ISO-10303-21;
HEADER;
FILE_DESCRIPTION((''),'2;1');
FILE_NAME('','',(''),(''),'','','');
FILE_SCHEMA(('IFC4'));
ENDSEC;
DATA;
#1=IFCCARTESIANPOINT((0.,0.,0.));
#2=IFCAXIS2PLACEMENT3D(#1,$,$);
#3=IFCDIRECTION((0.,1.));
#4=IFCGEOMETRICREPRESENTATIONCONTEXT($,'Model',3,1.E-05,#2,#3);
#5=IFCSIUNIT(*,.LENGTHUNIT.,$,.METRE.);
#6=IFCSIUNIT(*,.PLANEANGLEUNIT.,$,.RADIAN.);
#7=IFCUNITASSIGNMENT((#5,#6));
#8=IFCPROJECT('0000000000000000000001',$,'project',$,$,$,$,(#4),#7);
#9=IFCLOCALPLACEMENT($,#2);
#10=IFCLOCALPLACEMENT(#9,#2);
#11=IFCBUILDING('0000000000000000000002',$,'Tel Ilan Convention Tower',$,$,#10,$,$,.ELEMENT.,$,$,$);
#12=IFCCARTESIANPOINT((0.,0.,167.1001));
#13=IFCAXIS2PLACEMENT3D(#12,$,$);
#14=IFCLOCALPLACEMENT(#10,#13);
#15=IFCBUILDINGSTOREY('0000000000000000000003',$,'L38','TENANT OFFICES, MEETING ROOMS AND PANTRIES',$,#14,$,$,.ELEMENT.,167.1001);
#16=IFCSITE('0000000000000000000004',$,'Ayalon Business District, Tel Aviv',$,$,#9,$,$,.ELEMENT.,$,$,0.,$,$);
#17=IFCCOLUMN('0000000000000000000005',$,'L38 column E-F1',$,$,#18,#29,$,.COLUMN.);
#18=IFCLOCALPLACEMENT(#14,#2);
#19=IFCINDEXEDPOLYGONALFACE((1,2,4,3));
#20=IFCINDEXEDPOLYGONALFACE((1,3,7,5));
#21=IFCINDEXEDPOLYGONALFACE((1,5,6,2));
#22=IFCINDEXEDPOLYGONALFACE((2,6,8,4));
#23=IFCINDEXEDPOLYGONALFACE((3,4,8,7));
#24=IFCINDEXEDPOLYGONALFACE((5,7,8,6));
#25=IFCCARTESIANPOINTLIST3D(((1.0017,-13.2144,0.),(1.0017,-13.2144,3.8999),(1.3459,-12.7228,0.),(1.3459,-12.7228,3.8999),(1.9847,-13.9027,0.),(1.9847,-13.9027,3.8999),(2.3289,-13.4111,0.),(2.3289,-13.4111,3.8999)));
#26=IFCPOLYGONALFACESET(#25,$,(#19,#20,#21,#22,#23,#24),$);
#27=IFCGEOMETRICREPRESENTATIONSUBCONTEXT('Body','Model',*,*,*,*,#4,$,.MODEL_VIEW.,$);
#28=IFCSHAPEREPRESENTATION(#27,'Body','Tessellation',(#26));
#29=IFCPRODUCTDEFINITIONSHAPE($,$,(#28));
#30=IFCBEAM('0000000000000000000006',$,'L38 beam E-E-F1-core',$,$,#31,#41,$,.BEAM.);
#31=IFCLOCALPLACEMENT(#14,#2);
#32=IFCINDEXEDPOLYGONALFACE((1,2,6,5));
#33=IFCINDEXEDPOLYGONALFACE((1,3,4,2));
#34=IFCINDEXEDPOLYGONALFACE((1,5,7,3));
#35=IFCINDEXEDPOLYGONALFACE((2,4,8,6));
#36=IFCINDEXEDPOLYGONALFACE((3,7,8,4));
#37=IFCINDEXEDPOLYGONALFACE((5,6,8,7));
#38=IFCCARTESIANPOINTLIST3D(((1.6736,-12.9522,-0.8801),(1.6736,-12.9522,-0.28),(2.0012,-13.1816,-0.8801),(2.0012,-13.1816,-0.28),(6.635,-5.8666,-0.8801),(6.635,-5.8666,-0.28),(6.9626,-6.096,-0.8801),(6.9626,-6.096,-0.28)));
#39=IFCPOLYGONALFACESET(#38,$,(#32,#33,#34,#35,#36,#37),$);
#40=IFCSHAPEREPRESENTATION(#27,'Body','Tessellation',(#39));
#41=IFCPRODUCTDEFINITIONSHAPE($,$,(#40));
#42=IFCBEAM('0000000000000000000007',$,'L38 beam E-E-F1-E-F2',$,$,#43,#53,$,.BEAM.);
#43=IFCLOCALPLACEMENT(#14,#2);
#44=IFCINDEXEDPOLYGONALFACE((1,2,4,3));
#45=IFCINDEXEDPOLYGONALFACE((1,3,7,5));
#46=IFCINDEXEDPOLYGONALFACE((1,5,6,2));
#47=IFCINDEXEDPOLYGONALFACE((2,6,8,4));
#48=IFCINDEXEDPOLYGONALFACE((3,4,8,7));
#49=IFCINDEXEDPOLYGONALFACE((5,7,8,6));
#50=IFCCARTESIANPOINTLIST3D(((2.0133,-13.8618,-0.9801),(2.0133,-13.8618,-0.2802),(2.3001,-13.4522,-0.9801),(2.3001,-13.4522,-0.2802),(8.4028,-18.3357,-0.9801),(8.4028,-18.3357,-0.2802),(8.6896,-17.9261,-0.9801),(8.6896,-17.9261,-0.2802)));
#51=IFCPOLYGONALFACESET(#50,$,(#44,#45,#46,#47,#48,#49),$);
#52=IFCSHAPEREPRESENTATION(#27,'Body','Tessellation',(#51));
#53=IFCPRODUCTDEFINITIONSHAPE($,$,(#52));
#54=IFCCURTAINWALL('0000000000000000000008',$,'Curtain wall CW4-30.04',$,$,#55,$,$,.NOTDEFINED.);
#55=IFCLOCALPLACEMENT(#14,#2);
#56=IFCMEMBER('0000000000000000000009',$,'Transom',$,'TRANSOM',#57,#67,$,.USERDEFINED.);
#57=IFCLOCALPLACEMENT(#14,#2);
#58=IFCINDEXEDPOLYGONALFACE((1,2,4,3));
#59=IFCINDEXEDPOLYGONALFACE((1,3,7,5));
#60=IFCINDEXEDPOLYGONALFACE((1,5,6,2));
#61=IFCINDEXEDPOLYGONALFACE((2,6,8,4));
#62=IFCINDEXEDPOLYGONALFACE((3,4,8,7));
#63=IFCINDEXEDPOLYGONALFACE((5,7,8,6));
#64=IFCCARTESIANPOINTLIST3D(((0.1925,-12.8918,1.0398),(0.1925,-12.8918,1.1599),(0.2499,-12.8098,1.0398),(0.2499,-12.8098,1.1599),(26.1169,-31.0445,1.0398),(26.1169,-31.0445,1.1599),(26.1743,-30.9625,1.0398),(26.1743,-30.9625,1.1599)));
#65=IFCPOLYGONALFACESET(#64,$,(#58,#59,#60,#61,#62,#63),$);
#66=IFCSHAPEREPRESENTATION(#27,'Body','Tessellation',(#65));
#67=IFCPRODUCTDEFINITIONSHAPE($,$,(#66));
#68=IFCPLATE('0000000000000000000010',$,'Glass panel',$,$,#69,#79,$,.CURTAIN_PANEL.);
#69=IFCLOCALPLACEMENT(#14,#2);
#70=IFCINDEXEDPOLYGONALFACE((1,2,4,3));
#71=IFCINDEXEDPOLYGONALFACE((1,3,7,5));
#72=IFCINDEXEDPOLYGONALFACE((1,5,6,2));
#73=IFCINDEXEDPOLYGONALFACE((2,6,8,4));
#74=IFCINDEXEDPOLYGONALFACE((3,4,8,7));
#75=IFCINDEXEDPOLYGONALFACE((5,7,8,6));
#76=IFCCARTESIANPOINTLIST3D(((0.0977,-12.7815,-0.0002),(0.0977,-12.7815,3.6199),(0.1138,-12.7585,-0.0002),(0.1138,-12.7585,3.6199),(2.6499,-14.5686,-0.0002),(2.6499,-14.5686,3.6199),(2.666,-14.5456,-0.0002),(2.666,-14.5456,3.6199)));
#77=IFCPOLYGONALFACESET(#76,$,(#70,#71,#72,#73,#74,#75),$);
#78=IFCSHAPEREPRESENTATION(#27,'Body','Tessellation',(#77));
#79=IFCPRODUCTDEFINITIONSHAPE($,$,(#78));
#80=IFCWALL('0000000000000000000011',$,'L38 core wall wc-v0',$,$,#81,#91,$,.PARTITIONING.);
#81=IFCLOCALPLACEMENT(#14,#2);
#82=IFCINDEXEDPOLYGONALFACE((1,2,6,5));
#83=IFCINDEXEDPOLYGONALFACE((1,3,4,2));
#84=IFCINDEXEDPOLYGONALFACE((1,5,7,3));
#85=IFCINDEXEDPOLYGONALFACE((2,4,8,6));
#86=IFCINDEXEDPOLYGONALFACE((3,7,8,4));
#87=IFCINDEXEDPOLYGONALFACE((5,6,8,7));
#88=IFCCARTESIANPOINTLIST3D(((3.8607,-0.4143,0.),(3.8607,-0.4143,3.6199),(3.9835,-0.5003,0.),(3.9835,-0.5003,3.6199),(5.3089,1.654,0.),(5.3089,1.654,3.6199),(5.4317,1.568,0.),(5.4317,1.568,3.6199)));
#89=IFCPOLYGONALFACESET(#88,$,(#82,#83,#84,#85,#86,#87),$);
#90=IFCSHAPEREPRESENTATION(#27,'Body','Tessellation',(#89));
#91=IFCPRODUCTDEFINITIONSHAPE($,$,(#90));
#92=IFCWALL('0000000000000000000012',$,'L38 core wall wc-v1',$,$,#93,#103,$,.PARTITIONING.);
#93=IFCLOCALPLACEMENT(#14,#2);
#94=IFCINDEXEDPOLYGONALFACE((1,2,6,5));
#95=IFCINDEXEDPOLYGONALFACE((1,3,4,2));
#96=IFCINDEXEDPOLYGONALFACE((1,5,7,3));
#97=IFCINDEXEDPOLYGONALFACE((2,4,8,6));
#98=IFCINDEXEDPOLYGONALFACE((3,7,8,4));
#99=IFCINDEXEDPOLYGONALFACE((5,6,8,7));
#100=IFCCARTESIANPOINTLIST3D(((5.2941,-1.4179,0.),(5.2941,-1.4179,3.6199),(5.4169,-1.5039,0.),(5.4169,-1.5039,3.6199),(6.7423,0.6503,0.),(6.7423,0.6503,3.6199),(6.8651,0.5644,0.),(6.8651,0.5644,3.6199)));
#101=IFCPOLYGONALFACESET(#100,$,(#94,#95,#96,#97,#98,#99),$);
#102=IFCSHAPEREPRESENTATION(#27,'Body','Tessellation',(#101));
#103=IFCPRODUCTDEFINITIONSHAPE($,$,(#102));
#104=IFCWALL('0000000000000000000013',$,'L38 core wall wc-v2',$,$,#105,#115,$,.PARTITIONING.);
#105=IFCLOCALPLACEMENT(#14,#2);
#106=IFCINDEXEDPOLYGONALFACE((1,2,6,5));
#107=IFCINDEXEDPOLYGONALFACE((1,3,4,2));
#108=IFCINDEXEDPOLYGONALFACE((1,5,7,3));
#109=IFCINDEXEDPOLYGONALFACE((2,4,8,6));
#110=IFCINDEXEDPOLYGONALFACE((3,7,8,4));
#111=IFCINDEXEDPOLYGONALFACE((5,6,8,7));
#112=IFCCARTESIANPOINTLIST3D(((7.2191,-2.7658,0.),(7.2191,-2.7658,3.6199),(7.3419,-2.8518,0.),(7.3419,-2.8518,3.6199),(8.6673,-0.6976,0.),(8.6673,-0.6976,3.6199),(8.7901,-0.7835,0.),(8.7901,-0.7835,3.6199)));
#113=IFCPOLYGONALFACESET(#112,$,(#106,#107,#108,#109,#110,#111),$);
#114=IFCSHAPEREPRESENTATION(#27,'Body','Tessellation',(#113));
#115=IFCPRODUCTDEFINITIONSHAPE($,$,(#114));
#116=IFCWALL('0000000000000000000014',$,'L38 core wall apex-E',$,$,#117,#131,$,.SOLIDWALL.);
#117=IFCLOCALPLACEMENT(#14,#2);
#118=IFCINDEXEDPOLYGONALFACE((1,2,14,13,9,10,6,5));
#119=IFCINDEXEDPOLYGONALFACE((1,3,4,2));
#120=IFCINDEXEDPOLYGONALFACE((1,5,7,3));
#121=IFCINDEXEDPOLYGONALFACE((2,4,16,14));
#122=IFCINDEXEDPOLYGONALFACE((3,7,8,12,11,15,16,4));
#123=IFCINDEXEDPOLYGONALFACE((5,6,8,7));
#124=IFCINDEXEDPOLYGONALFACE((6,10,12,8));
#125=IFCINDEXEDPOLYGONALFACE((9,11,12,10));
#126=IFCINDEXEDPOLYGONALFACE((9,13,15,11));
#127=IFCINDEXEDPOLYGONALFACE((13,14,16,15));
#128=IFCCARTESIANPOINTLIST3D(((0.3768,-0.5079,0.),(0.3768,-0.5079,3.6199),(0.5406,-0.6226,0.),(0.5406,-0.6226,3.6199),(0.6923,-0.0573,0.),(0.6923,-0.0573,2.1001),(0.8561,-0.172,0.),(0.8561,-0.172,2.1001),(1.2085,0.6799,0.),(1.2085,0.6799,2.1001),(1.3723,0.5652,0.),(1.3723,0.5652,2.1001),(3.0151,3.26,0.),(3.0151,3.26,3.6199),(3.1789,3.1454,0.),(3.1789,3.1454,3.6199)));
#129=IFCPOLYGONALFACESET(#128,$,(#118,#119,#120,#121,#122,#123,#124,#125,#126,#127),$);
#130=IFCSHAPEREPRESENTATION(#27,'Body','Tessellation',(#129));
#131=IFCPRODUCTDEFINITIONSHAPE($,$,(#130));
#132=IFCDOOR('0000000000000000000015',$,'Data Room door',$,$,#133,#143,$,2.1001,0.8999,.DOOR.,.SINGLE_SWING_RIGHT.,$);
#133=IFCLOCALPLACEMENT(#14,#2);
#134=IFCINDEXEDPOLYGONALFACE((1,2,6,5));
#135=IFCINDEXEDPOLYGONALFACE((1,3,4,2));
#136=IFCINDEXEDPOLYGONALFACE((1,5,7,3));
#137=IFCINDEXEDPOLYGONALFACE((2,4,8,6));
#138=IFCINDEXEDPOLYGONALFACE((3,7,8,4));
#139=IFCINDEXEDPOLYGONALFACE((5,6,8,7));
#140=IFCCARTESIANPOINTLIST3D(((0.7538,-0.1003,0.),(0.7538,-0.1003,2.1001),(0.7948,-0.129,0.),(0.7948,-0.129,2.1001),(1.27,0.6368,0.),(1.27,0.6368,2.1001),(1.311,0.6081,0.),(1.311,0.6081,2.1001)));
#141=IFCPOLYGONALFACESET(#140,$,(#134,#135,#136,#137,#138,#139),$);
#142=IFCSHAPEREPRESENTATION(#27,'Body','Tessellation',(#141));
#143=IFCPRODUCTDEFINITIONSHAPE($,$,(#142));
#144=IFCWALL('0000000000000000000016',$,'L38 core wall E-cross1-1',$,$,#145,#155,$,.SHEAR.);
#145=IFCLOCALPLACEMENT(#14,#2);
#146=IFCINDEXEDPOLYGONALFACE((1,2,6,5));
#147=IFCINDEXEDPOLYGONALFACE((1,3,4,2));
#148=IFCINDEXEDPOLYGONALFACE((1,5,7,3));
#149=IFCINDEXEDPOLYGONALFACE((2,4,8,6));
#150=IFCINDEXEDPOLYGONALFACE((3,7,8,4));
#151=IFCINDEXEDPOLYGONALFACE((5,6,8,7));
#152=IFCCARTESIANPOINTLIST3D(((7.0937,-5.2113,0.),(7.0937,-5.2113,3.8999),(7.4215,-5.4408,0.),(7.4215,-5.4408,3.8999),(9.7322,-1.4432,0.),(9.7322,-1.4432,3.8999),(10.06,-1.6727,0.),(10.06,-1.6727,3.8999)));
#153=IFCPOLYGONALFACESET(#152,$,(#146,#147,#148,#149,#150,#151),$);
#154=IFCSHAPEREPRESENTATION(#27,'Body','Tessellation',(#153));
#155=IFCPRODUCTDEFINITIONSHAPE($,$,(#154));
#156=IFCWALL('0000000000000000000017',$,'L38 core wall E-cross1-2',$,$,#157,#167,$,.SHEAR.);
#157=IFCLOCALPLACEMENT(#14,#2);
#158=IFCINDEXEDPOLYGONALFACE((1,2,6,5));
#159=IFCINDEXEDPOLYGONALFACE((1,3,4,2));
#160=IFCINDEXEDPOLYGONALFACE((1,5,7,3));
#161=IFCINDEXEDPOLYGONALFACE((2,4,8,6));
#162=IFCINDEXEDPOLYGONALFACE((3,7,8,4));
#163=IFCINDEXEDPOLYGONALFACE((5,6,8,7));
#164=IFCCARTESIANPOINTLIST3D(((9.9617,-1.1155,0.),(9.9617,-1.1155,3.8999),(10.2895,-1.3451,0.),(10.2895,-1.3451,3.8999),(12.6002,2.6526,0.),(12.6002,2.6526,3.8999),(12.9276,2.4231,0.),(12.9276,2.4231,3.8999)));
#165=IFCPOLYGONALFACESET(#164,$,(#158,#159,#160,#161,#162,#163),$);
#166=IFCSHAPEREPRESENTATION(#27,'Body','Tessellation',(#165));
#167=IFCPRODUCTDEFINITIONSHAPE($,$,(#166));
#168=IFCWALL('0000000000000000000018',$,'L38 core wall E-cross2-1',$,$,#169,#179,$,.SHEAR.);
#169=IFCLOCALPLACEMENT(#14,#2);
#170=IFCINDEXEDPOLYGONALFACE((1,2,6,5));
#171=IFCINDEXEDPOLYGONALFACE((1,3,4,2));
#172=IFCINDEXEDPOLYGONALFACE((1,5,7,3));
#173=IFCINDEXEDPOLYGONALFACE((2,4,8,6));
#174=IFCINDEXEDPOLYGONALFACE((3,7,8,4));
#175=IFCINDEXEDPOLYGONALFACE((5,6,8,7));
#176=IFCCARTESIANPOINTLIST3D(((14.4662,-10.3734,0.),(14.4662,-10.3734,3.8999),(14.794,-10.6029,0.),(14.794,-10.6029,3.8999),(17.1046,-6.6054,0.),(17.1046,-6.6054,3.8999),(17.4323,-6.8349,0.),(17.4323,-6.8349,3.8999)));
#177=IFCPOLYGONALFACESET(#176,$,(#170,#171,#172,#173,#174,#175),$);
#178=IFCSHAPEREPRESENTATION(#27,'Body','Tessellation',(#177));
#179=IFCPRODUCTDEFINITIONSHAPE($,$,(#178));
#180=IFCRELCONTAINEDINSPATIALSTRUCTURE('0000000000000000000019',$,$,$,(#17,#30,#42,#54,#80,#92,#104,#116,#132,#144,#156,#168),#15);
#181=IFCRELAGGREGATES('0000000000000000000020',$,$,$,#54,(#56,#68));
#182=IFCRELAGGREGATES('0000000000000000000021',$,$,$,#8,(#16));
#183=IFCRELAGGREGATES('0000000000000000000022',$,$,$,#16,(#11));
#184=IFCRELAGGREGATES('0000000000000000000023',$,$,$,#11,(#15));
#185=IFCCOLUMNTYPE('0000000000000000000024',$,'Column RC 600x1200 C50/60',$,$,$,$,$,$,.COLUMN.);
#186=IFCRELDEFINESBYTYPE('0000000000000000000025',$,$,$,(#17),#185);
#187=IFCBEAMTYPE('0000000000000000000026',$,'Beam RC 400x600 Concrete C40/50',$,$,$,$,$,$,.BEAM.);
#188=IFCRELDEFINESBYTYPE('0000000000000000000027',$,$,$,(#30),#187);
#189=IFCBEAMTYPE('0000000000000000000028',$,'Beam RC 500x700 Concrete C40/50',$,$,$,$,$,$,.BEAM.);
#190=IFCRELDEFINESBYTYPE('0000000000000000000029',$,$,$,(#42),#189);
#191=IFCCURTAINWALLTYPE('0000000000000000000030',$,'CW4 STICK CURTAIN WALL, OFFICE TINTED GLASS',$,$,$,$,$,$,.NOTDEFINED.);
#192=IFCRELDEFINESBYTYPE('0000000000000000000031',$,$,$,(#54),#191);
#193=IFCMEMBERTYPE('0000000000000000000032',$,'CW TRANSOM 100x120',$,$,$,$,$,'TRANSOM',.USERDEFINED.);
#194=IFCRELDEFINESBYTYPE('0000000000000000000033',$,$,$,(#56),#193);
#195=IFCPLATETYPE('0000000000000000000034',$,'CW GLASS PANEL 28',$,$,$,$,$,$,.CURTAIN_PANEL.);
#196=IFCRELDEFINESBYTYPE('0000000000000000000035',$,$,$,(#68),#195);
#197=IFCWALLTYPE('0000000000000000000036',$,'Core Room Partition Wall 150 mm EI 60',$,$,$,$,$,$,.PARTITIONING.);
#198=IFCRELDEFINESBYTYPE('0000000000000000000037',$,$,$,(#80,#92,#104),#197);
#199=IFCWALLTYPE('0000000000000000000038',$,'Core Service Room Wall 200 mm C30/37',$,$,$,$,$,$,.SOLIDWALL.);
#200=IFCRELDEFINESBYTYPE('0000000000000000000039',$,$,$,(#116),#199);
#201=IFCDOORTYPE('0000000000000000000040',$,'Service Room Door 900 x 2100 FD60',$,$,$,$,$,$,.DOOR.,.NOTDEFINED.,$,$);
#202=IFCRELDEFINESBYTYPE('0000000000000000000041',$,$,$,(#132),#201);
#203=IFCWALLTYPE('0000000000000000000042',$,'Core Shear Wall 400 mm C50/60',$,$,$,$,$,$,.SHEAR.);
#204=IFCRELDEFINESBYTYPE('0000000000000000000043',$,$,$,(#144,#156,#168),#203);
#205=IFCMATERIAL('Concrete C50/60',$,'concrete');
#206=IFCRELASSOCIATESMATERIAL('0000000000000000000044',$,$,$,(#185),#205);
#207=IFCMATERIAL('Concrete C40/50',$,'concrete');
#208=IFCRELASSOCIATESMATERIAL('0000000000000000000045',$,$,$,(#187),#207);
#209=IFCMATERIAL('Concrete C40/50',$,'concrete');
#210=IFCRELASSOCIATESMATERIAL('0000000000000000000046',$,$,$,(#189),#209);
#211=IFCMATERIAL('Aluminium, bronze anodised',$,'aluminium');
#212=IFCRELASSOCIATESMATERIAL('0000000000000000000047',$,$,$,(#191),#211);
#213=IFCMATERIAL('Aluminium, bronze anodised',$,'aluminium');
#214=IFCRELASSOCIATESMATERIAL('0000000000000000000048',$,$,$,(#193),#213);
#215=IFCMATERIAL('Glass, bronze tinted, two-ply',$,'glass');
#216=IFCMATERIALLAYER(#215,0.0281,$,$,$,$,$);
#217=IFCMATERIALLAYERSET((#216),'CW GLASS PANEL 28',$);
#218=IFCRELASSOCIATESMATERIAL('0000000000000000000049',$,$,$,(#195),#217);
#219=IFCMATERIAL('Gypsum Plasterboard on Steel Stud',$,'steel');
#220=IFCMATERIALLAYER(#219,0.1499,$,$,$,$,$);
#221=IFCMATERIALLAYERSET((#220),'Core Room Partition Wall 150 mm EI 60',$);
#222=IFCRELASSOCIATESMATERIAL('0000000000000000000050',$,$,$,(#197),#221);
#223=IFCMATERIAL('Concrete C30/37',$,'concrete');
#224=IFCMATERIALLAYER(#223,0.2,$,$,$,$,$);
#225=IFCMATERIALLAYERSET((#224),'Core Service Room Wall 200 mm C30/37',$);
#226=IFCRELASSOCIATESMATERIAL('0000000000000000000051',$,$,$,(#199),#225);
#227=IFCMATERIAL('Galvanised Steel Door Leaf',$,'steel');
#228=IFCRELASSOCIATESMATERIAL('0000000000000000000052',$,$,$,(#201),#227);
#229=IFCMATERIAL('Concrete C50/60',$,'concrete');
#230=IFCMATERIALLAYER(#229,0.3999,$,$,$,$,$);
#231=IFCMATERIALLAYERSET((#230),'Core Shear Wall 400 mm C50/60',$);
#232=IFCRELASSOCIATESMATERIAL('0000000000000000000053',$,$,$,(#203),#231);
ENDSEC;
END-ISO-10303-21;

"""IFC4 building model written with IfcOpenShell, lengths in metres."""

from ifc_helpers import new_model, si_unit, direction, frame, frame_2d, origin, origin_2d, place, context, subcontext, project, spatial, polyline, rectangle, outline, extrude, material, layer, layer_set, material_profile, profile_set, type_object, element, fill, aggregate, save


model = new_model("IFC4")

# Units and contexts
model_context = context("Model", 3, precision=1e-05, world=origin(), true_north=direction((0.0, 1.0)))
body_context = subcontext(model_context, "Body", "Model", "MODEL_VIEW")
ifc_project = project(units=[si_unit("LENGTHUNIT", "METRE"), si_unit("PLANEANGLEUNIT", "RADIAN")], contexts=[model_context])

# Site, building, storey
site_placement = place(None, origin())
site = spatial("IfcSite", under=ifc_project, at=site_placement, Name="Ayalon Business District, Tel Aviv", CompositionType="ELEMENT", RefElevation=0.0)
building_placement = place(site_placement, origin())
building = spatial("IfcBuilding", under=site, at=building_placement, Name="Tel Ilan Convention Tower", CompositionType="ELEMENT")
storey_placement = place(building_placement, frame((0.0, 0.0, 167.1001)))
storey = spatial("IfcBuildingStorey", under=building, at=storey_placement, Name="L38", Description="TENANT OFFICES, MEETING ROOMS AND PANTRIES", CompositionType="ELEMENT", Elevation=167.1001)

# Column
ifc_material_1 = material(Name="Concrete C50/60", Category="concrete")
ifc_material_profile_1 = material_profile(ifc_material_1, rectangle(XDim=1.2, YDim=0.6001, at=origin_2d()), Name="RC 600x1200")
ifc_profile_set_1 = profile_set([ifc_material_profile_1], Name="Concrete C50/60")
column_type = type_object("IfcColumnType", Name="Column RC 600x1200 C50/60", PredefinedType="COLUMN", material=ifc_profile_set_1)
column_placement = place(storey_placement, frame((1.6653, -13.3127, 0.0), z_axis=(0.0, 0.0, 1.0), x_axis=(0.819152, -0.573576, 0.0)))
element("IfcColumn", 1, at=column_placement, inside=storey, type_object=column_type, Name="L38 column E-F1", PredefinedType="COLUMN", context=body_context, shape_type="SweptSolid", body=[
    extrude(rectangle(XDim=1.2, YDim=0.6001, at=origin_2d()), origin(), (0.0, 0.0, 1.0), 3.8999),
])

# Beams
ifc_material_2 = material(Name="Concrete C40/50", Category="concrete")
ifc_material_profile_2 = material_profile(ifc_material_2, rectangle(XDim=0.3999, YDim=0.6001, at=origin_2d()), Name="RC 400x600")
ifc_profile_set_2 = profile_set([ifc_material_profile_2], Name="Concrete C40/50")
beam_type_1 = type_object("IfcBeamType", Name="Beam RC 400x600 Concrete C40/50", PredefinedType="BEAM", material=ifc_profile_set_2)
beam_1_placement = place(storey_placement, frame((1.8374, -13.0669, -0.5801), z_axis=(0.573574, 0.819154, 0.0), x_axis=(-0.819154, 0.573574, 0.0)))
element("IfcBeam", 2, at=beam_1_placement, inside=storey, type_object=beam_type_1, Name="L38 beam E-E-F1-core", PredefinedType="BEAM", context=body_context, shape_type="SweptSolid", body=[
    extrude(rectangle(XDim=0.3999, YDim=0.6001, at=origin_2d()), origin(), (0.0, 0.0, 1.0), 8.6499),
])
ifc_material_3 = material(Name="Concrete C40/50", Category="concrete")
ifc_material_profile_3 = material_profile(ifc_material_3, rectangle(XDim=0.5, YDim=0.7, at=origin_2d()), Name="RC 500x700")
ifc_profile_set_3 = profile_set([ifc_material_profile_3], Name="Concrete C40/50")
beam_type_2 = type_object("IfcBeamType", Name="Beam RC 500x700 Concrete C40/50", PredefinedType="BEAM", material=ifc_profile_set_3)
beam_2_placement = place(storey_placement, frame((2.1567, -13.657, -0.6301), z_axis=(0.819154, -0.573574, 0.0), x_axis=(0.573574, 0.819154, 0.0)))
element("IfcBeam", 3, at=beam_2_placement, inside=storey, type_object=beam_type_2, Name="L38 beam E-E-F1-E-F2", PredefinedType="BEAM", context=body_context, shape_type="SweptSolid", body=[
    extrude(rectangle(XDim=0.5, YDim=0.7, at=origin_2d()), origin(), (0.0, 0.0, 1.0), 7.8),
])

# Curtain wall, member, plate
ifc_material_4 = material(Name="Aluminium, bronze anodised", Category="aluminium")
curtain_wall_type = type_object("IfcCurtainWallType", Name="CW4 STICK CURTAIN WALL, OFFICE TINTED GLASS", PredefinedType="NOTDEFINED", material=ifc_material_4)
curtain_wall_placement = place(storey_placement, origin())
curtain_wall = element("IfcCurtainWall", 4, at=curtain_wall_placement, inside=storey, type_object=curtain_wall_type, Name="Curtain wall CW4-30.04", PredefinedType="NOTDEFINED")
ifc_material_5 = material(Name="Aluminium, bronze anodised", Category="aluminium")
ifc_material_profile_4 = material_profile(ifc_material_5, rectangle(XDim=0.1001, YDim=0.1201, at=origin_2d()), Name="CW TRANSOM 100x120")
ifc_profile_set_4 = profile_set([ifc_material_profile_4], Name="Aluminium, bronze anodised")
member_type = type_object("IfcMemberType", Name="CW TRANSOM 100x120", ElementType="TRANSOM", PredefinedType="USERDEFINED", material=ifc_profile_set_4)
member_placement = place(storey_placement, frame((0.2212, -12.8508, 1.0999), z_axis=(0.819149, -0.57358, 0.0), x_axis=(0.57358, 0.819149, 0.0)))
member = element("IfcMember", 5, at=member_placement, type_object=member_type, Name="Transom", ObjectType="TRANSOM", PredefinedType="USERDEFINED", context=body_context, shape_type="SweptSolid", body=[
    extrude(rectangle(XDim=0.1001, YDim=0.1201, at=origin_2d()), origin(), (0.0, 0.0, 1.0), 31.6479),
])
ifc_material_6 = material(Name="Glass, bronze tinted, two-ply", Category="glass")
ifc_layer_1 = layer(ifc_material_6, 0.0281)
ifc_layer_set_1 = layer_set([ifc_layer_1], Name="CW GLASS PANEL 28")
plate_type = type_object("IfcPlateType", Name="CW GLASS PANEL 28", PredefinedType="CURTAIN_PANEL", material=ifc_layer_set_1)
plate_placement = place(storey_placement, frame((1.3818, -13.6636, -0.0002), z_axis=(0.0, 0.0, 1.0), x_axis=(0.819152, -0.573576, 0.0)))
plate = element("IfcPlate", 6, at=plate_placement, type_object=plate_type, Name="Glass panel", PredefinedType="CURTAIN_PANEL", context=body_context, shape_type="SweptSolid", body=[
    extrude(rectangle(XDim=3.1157, YDim=0.0281, at=origin_2d()), origin(), (0.0, 0.0, 1.0), 3.6201),
])
aggregate(curtain_wall, [member, plate])

# Walls
ifc_material_7 = material(Name="Gypsum Plasterboard on Steel Stud", Category="steel")
ifc_layer_2 = layer(ifc_material_7, 0.1499)
ifc_layer_set_2 = layer_set([ifc_layer_2], Name="Core Room Partition Wall 150 mm EI 60")
wall_type_1 = type_object("IfcWallType", Name="Core Room Partition Wall 150 mm EI 60", PredefinedType="PARTITIONING", material=ifc_layer_set_2)
for number, where, z_axis, x_axis, name in (
    (7, (3.9221, -0.4573, 0.0), (0.0, 0.0, 1.0), (0.573566, 0.819159, 0.0), "L38 core wall wc-v0"),
    (8, (5.3555, -1.4609, 0.0), (0.0, 0.0, 1.0), (0.573566, 0.819159, 0.0), "L38 core wall wc-v1"),
    (9, (7.2805, -2.8088, 0.0), (0.0, 0.0, 1.0), (0.573566, 0.819159, 0.0), "L38 core wall wc-v2"),
):
    element("IfcWall", number, at=place(storey_placement, frame(where, z_axis=z_axis, x_axis=x_axis)), inside=storey, type_object=wall_type_1, Name=name, PredefinedType="PARTITIONING", context=body_context, shape_type="SweptSolid", body=[
        extrude(rectangle(XDim=2.5249, YDim=0.1499, at=frame_2d((1.2625, 0.0))), origin(), (0.0, 0.0, 1.0), 3.6199),
    ])

# Wall, opening, door
ifc_material_8 = material(Name="Concrete C30/37", Category="concrete")
ifc_layer_3 = layer(ifc_material_8, 0.2)
ifc_layer_set_3 = layer_set([ifc_layer_3], Name="Core Service Room Wall 200 mm C30/37")
wall_type_2 = type_object("IfcWallType", Name="Core Service Room Wall 200 mm C30/37", PredefinedType="SOLIDWALL", material=ifc_layer_set_3)
wall_1_placement = place(storey_placement, frame((0.4587, -0.5652, 0.0), z_axis=(0.0, 0.0, 1.0), x_axis=(0.573576, 0.819152, 0.0)))
wall_1 = element("IfcWall", 10, at=wall_1_placement, inside=storey, type_object=wall_type_2, Name="L38 core wall apex-E", PredefinedType="SOLIDWALL", context=body_context, shape_type="SweptSolid", body=[
    extrude(rectangle(XDim=4.5999, YDim=0.2, at=frame_2d((2.2998, 0.0))), origin(), (0.0, 0.0, 1.0), 3.6199),
])
opening_1_placement = place(wall_1_placement, frame((0.55, 0.0, 0.0)))
opening_1 = element("IfcOpeningElement", 11, at=opening_1_placement, cuts=wall_1, PredefinedType="OPENING", context=body_context, shape_type="SweptSolid", body=[
    extrude(rectangle(XDim=0.8999, YDim=2.1001, at=frame_2d((0.45, 1.05))), frame((0.0, 0.1099, 0.0), z_axis=(0.0, -1.0, 0.0), x_axis=(1.0, 0.0, 0.0)), (0.0, 0.0, 1.0), 0.22),
])
ifc_material_9 = material(Name="Galvanised Steel Door Leaf", Category="steel")
door_type_1 = type_object("IfcDoorType", Name="Service Room Door 900 x 2100 FD60", OperationType="NOTDEFINED", PredefinedType="DOOR", material=ifc_material_9)
door_1_placement = place(opening_1_placement, origin())
door_1 = element("IfcDoor", 12, at=door_1_placement, inside=storey, type_object=door_type_1, Name="Data Room door", OperationType="SINGLE_SWING_RIGHT", OverallHeight=2.1001, OverallWidth=0.8999, PredefinedType="DOOR", context=body_context, shape_type="SweptSolid", body=[
    extrude(rectangle(XDim=0.8999, YDim=2.1001, at=frame_2d((0.45, 1.05))), frame((0.0, 0.0249, 0.0), z_axis=(0.0, -1.0, 0.0), x_axis=(1.0, 0.0, 0.0)), (0.0, 0.0, 1.0), 0.05),
])
fill(opening_1, door_1)

# Walls
ifc_material_10 = material(Name="Concrete C50/60", Category="concrete")
ifc_layer_4 = layer(ifc_material_10, 0.3999)
ifc_layer_set_4 = layer_set([ifc_layer_4], Name="Core Shear Wall 400 mm C50/60")
wall_type_3 = type_object("IfcWallType", Name="Core Shear Wall 400 mm C50/60", PredefinedType="SHEAR", material=ifc_layer_set_4)
wall_2_placement = place(storey_placement, frame((7.2578, -5.3259, 0.0), z_axis=(0.0, 0.0, 1.0), x_axis=(0.573541, 0.819177, 0.0)))
element("IfcWall", 13, at=wall_2_placement, inside=storey, type_object=wall_type_3, Name="L38 core wall E-cross1-1", PredefinedType="SHEAR", context=body_context, shape_type="SweptSolid", body=[
    extrude(outline(polyline([(-0.0002, 0.2002), (-0.0002, -0.2), (4.5999, -0.2002), (4.5999, 0.2), (-0.0002, 0.2002)])), origin(), (0.0, 0.0, 1.0), 3.8999),
])
wall_3_placement = place(storey_placement, frame((10.1255, -1.2302, 0.0), z_axis=(0.0, 0.0, 1.0), x_axis=(0.573576, 0.819152, 0.0)))
element("IfcWall", 14, at=wall_3_placement, inside=storey, type_object=wall_type_3, Name="L38 core wall E-cross1-2", PredefinedType="SHEAR", context=body_context, shape_type="SweptSolid", body=[
    extrude(outline(polyline([(4.5999, -0.2), (4.6001, 0.2), (0.0, 0.2), (0.0, -0.2002), (4.5999, -0.2)])), origin(), (0.0, 0.0, 1.0), 3.8999),
])
wall_4_placement = place(storey_placement, frame((14.6299, -10.4883, 0.0), z_axis=(0.0, 0.0, 1.0), x_axis=(0.573612, 0.819127, 0.0)))
element("IfcWall", 15, at=wall_4_placement, inside=storey, type_object=wall_type_3, Name="L38 core wall E-cross2-1", PredefinedType="SHEAR", context=body_context, shape_type="SweptSolid", body=[
    extrude(outline(polyline([(0.0002, 0.2), (0.0002, -0.2002), (4.6001, -0.2), (4.6001, 0.2002), (0.0002, 0.2)])), origin(), (0.0, 0.0, 1.0), 3.8999),
])

save(model, "model.ifc")
